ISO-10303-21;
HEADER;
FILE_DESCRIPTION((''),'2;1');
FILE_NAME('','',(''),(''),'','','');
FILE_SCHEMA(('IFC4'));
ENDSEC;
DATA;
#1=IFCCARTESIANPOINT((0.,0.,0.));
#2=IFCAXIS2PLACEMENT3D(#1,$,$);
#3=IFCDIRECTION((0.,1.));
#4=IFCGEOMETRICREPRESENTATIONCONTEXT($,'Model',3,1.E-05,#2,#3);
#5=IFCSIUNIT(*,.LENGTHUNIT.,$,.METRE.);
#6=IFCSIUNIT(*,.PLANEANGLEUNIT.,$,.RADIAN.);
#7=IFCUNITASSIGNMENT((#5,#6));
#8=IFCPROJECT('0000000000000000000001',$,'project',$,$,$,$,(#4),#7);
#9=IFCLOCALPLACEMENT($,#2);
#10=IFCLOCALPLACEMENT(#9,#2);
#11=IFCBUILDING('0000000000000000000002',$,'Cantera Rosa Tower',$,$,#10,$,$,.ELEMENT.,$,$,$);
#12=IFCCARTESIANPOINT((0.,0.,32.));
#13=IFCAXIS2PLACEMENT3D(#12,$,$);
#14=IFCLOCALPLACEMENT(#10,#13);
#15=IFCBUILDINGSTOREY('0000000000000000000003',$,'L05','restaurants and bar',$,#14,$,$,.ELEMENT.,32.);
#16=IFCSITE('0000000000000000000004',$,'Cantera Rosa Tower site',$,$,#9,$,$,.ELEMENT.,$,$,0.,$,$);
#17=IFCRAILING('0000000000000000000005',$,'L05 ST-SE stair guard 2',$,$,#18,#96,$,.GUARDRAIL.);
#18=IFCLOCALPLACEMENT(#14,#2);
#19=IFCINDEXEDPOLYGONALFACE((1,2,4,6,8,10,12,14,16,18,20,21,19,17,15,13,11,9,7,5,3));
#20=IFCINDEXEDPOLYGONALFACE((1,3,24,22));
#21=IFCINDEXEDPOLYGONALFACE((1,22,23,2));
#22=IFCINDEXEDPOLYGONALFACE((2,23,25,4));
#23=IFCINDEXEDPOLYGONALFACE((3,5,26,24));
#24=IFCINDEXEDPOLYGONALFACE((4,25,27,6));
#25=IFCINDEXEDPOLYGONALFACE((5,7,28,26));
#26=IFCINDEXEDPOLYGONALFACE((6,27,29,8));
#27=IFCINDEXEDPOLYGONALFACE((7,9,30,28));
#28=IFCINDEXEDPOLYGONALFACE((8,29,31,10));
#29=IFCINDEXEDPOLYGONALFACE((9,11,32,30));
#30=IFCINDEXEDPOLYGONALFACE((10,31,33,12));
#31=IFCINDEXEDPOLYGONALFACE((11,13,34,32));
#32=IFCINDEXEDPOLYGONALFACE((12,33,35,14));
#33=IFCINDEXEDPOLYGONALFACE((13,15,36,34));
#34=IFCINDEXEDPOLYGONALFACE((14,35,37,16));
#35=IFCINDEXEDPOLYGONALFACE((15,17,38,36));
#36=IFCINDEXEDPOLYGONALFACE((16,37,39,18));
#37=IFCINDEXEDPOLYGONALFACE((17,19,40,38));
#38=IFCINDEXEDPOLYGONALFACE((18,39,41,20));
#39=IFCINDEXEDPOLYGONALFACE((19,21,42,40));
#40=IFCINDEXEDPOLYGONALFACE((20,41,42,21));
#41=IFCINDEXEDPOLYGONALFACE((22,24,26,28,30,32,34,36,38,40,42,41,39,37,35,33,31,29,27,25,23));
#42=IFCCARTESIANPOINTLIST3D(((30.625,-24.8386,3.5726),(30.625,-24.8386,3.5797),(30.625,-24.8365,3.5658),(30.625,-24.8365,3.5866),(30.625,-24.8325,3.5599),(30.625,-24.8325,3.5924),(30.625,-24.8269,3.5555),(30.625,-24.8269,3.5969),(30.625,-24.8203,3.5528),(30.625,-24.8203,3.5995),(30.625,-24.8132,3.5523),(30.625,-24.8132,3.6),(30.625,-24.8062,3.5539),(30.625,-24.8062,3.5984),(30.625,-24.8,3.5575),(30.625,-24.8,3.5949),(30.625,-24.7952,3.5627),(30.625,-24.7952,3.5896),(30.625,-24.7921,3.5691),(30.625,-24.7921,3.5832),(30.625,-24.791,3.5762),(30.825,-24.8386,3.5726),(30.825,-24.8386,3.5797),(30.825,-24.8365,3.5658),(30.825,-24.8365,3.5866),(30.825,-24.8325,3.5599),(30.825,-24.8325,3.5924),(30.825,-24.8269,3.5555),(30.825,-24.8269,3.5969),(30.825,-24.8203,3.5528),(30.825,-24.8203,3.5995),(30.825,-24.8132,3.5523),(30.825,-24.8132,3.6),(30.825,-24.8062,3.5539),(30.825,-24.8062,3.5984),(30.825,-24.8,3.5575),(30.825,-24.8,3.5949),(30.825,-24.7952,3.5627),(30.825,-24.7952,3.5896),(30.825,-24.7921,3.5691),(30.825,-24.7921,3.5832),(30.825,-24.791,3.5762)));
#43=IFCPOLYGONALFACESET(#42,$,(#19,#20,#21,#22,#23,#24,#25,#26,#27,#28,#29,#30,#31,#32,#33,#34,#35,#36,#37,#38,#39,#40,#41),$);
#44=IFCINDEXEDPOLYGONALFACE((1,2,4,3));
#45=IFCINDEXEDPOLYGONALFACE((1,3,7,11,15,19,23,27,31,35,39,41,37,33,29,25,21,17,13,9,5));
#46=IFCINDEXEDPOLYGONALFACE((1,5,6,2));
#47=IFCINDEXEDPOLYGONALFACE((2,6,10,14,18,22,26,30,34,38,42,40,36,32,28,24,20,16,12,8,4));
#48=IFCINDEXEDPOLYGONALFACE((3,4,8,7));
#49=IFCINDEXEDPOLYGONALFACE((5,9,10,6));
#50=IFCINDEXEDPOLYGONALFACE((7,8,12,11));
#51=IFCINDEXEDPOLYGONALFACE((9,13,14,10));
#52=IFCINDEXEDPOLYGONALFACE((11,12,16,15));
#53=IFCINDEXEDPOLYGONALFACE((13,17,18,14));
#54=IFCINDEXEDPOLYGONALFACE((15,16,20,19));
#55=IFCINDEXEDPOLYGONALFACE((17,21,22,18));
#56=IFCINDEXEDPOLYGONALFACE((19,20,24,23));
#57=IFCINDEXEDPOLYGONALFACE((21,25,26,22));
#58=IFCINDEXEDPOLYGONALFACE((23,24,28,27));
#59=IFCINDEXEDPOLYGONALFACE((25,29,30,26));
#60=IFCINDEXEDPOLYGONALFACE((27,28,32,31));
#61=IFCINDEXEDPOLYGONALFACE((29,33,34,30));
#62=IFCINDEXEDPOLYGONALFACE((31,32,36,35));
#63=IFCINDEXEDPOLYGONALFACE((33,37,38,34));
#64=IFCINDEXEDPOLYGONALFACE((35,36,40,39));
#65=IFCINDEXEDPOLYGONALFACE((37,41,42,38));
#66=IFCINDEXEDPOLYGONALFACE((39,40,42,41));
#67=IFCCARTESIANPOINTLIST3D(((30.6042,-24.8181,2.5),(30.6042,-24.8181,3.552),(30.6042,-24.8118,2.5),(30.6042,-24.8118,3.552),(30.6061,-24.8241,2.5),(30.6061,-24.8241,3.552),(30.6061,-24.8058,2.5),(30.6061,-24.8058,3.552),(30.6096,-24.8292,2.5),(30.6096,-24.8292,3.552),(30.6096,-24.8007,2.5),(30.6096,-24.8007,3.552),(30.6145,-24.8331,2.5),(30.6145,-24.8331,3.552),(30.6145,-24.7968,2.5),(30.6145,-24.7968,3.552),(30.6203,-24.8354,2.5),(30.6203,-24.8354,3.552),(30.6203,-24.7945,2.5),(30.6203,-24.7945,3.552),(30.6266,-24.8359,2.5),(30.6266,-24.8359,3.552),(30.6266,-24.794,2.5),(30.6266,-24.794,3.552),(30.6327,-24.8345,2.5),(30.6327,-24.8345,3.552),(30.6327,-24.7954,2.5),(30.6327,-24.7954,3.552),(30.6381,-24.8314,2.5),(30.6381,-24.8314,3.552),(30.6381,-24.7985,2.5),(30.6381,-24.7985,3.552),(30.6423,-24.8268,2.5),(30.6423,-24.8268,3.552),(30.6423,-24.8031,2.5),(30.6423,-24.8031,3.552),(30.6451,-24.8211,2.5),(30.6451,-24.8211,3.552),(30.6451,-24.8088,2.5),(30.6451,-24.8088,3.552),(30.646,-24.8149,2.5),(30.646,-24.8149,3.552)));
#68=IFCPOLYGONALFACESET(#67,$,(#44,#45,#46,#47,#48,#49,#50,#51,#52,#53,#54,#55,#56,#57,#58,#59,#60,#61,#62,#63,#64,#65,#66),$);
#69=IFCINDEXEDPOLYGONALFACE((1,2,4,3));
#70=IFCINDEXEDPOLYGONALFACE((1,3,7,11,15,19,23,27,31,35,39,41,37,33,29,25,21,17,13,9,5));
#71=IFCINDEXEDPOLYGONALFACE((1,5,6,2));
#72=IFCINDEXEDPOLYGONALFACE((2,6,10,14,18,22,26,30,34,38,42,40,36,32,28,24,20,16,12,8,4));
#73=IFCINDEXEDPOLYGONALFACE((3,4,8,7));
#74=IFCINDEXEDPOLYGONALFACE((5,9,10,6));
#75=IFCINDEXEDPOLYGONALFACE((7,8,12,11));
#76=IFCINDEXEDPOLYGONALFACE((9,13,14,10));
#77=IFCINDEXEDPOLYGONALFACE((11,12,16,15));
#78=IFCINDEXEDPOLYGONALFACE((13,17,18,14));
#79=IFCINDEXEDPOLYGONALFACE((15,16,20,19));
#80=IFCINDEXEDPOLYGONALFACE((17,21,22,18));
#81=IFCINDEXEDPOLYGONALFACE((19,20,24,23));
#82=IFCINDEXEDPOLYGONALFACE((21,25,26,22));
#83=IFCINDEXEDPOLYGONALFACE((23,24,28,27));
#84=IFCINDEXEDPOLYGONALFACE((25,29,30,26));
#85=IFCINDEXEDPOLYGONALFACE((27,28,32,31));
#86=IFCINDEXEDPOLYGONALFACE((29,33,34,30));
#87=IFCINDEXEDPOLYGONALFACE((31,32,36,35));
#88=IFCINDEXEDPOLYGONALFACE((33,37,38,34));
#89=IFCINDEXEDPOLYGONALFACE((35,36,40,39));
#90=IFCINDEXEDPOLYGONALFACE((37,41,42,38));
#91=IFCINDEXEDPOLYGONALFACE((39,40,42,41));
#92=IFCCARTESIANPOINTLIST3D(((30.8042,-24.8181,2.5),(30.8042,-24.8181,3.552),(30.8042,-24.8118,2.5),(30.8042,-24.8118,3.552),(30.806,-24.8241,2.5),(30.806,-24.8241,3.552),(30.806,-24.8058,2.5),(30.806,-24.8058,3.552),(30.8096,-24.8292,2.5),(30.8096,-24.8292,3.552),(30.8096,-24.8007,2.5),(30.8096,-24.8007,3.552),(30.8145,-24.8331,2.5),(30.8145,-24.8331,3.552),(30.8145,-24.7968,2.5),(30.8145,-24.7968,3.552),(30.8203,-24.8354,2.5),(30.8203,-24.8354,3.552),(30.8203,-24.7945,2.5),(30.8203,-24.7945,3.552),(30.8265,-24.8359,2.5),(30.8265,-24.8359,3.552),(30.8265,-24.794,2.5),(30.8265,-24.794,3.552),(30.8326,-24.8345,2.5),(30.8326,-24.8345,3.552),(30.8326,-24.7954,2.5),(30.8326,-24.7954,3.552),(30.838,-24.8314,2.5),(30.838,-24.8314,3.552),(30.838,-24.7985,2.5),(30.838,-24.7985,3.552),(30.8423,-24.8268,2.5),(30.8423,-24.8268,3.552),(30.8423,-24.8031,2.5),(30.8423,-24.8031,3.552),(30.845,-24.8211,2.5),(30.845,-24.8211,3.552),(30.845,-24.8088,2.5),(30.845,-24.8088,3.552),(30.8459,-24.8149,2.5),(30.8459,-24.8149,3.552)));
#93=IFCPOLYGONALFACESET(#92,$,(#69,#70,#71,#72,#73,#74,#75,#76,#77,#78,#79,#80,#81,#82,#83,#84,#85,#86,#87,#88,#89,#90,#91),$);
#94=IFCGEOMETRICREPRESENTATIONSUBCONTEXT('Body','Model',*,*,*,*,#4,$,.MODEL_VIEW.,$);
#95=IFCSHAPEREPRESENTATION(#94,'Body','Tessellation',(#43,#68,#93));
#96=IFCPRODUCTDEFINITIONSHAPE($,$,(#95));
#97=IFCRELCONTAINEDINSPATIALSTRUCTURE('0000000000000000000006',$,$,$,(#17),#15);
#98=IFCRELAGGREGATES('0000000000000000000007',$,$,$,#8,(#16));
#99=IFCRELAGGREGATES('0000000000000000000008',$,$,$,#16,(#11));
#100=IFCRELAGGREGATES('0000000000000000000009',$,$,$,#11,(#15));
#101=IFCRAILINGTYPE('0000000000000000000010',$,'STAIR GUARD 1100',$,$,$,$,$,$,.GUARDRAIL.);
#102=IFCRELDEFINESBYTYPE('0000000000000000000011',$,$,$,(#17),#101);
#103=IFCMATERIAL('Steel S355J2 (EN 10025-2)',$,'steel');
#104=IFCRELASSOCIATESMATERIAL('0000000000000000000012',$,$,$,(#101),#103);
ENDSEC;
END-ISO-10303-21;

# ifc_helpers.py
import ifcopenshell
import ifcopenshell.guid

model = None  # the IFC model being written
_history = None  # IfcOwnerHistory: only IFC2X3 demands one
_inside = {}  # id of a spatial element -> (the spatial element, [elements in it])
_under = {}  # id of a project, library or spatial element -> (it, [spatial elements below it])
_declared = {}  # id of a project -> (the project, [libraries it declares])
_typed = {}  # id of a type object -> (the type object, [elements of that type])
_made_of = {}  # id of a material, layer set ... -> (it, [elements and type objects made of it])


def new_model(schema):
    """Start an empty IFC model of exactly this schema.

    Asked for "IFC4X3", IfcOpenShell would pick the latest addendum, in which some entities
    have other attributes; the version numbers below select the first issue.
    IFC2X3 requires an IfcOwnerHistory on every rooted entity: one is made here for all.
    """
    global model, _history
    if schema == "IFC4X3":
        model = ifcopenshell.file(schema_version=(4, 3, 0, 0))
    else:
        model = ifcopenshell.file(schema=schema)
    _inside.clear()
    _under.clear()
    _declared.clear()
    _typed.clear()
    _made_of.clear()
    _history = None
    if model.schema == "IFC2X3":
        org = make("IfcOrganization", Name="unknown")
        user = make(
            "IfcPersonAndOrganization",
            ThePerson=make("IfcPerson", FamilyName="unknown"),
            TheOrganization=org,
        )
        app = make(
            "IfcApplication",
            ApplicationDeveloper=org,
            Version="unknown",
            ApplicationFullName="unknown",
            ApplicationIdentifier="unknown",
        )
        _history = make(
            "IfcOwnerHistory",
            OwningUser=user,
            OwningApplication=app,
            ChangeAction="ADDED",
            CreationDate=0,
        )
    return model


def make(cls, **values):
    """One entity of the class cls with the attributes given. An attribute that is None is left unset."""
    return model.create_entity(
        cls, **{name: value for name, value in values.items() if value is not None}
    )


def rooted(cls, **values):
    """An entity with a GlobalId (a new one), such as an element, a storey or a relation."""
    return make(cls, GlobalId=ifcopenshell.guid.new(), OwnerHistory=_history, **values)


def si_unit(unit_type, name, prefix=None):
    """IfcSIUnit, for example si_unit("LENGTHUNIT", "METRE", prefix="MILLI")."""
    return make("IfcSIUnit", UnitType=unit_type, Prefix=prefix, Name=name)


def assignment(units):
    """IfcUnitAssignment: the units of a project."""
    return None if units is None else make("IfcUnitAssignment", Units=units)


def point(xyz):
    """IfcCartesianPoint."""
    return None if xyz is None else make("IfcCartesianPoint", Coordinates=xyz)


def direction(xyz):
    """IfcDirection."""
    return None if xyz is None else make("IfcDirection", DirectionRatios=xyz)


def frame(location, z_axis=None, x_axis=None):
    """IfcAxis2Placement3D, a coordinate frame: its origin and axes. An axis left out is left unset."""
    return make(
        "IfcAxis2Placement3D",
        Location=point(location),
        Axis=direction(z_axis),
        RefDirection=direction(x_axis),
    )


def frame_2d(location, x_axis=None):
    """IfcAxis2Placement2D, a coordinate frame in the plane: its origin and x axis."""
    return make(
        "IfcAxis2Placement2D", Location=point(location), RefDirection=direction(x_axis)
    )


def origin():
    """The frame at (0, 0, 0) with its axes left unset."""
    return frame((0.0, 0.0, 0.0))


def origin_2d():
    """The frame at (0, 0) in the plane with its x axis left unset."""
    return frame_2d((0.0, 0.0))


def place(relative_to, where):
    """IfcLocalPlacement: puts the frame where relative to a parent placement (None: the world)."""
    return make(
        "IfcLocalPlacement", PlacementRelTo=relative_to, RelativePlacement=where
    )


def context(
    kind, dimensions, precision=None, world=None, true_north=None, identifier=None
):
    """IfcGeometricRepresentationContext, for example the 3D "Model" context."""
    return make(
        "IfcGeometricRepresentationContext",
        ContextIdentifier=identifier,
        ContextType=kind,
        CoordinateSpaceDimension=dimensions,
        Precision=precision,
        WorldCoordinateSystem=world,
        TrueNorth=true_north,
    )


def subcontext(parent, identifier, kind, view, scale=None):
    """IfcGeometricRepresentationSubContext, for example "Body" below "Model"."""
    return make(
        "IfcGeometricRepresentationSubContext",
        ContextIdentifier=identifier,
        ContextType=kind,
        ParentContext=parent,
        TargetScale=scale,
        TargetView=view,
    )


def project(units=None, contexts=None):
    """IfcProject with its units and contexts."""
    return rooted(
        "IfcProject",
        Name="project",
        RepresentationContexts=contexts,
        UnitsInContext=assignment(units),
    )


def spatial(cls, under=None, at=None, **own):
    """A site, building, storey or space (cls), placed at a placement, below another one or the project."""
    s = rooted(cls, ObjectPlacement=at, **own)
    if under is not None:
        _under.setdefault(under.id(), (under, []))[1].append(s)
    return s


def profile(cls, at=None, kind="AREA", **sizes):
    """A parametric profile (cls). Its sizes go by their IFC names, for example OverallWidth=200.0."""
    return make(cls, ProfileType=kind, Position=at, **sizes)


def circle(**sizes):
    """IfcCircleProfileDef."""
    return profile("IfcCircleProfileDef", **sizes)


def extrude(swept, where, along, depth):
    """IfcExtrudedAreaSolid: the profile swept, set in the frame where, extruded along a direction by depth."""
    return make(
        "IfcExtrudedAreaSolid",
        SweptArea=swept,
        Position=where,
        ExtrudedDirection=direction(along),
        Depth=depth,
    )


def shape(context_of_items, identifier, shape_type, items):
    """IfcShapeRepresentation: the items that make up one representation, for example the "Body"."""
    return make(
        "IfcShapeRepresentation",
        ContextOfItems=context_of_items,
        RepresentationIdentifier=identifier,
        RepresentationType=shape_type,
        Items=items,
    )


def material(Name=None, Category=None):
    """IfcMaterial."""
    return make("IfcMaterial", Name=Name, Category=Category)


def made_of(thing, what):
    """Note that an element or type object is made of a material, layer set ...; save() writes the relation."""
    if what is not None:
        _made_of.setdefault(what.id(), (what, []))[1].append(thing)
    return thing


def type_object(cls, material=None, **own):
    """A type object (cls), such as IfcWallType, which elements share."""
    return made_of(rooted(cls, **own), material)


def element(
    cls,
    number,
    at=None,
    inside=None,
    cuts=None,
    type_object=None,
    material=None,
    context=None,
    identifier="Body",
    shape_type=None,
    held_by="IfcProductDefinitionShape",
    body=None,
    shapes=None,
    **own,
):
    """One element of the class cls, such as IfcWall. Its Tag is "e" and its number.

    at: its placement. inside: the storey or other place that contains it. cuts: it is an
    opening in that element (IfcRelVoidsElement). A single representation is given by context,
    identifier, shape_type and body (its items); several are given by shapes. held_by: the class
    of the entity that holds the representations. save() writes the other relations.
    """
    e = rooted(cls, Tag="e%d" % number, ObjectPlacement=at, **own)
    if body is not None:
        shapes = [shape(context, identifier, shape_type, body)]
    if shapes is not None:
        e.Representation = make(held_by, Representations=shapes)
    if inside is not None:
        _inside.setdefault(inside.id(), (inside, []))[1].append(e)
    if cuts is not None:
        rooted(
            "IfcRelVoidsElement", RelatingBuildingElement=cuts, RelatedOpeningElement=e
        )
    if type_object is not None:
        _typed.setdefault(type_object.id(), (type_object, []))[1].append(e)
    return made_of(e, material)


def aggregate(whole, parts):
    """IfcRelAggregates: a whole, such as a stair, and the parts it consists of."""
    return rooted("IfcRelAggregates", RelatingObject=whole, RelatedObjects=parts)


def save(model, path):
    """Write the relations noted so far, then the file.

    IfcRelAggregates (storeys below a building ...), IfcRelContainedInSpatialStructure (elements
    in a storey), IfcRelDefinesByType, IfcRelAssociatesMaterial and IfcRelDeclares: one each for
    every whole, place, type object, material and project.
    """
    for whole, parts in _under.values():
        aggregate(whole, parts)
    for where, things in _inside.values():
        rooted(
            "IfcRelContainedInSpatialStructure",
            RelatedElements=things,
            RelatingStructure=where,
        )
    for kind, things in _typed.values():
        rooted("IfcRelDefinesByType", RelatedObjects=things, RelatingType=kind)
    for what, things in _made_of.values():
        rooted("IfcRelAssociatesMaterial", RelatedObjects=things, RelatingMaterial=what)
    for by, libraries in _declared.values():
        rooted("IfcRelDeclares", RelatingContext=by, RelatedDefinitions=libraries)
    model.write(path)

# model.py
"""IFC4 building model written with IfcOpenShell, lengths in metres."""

from ifc_helpers import new_model, si_unit, direction, frame, origin, origin_2d, place, context, subcontext, project, spatial, circle, extrude, material, type_object, element, save


model = new_model("IFC4")

# Units and contexts
model_context = context("Model", 3, precision=1e-05, world=origin(), true_north=direction((0.0, 1.0)))
body_context = subcontext(model_context, "Body", "Model", "MODEL_VIEW")
ifc_project = project(units=[si_unit("LENGTHUNIT", "METRE"), si_unit("PLANEANGLEUNIT", "RADIAN")], contexts=[model_context])

# Site, building, storey
site_placement = place(None, origin())
site = spatial("IfcSite", under=ifc_project, at=site_placement, Name="Cantera Rosa Tower site", CompositionType="ELEMENT", RefElevation=0.0)
building_placement = place(site_placement, origin())
building = spatial("IfcBuilding", under=site, at=building_placement, Name="Cantera Rosa Tower", CompositionType="ELEMENT")
storey_placement = place(building_placement, frame((0.0, 0.0, 32.0)))
storey = spatial("IfcBuildingStorey", under=building, at=storey_placement, Name="L05", Description="restaurants and bar", CompositionType="ELEMENT", Elevation=32.0)

# Railing
ifc_material_1 = material(Name="Steel S355J2 (EN 10025-2)", Category="steel")
railing_type_1 = type_object("IfcRailingType", Name="STAIR GUARD 1100", PredefinedType="GUARDRAIL", material=ifc_material_1)
railing_1_placement = place(storey_placement, frame((30.625, -24.8149, 2.5)))
element("IfcRailing", 1, at=railing_1_placement, inside=storey, type_object=railing_type_1, Name="L05 ST-SE stair guard 2", PredefinedType="GUARDRAIL", context=body_context, shape_type="SweptSolid", body=[
    extrude(circle(Radius=0.0239, at=origin_2d()), frame((0.0, 0.0, 1.0762), z_axis=(1.0, 0.0, 0.0), x_axis=(0.0, 1.0, 0.0)), (0.0, 0.0, 1.0), 0.2),
    extrude(circle(Radius=0.021, at=origin_2d()), origin(), (0.0, 0.0, 1.0), 1.052),
    extrude(circle(Radius=0.021, at=origin_2d()), frame((0.2, 0.0, 0.0)), (0.0, 0.0, 1.0), 1.052),
])

save(model, "model.ifc")
